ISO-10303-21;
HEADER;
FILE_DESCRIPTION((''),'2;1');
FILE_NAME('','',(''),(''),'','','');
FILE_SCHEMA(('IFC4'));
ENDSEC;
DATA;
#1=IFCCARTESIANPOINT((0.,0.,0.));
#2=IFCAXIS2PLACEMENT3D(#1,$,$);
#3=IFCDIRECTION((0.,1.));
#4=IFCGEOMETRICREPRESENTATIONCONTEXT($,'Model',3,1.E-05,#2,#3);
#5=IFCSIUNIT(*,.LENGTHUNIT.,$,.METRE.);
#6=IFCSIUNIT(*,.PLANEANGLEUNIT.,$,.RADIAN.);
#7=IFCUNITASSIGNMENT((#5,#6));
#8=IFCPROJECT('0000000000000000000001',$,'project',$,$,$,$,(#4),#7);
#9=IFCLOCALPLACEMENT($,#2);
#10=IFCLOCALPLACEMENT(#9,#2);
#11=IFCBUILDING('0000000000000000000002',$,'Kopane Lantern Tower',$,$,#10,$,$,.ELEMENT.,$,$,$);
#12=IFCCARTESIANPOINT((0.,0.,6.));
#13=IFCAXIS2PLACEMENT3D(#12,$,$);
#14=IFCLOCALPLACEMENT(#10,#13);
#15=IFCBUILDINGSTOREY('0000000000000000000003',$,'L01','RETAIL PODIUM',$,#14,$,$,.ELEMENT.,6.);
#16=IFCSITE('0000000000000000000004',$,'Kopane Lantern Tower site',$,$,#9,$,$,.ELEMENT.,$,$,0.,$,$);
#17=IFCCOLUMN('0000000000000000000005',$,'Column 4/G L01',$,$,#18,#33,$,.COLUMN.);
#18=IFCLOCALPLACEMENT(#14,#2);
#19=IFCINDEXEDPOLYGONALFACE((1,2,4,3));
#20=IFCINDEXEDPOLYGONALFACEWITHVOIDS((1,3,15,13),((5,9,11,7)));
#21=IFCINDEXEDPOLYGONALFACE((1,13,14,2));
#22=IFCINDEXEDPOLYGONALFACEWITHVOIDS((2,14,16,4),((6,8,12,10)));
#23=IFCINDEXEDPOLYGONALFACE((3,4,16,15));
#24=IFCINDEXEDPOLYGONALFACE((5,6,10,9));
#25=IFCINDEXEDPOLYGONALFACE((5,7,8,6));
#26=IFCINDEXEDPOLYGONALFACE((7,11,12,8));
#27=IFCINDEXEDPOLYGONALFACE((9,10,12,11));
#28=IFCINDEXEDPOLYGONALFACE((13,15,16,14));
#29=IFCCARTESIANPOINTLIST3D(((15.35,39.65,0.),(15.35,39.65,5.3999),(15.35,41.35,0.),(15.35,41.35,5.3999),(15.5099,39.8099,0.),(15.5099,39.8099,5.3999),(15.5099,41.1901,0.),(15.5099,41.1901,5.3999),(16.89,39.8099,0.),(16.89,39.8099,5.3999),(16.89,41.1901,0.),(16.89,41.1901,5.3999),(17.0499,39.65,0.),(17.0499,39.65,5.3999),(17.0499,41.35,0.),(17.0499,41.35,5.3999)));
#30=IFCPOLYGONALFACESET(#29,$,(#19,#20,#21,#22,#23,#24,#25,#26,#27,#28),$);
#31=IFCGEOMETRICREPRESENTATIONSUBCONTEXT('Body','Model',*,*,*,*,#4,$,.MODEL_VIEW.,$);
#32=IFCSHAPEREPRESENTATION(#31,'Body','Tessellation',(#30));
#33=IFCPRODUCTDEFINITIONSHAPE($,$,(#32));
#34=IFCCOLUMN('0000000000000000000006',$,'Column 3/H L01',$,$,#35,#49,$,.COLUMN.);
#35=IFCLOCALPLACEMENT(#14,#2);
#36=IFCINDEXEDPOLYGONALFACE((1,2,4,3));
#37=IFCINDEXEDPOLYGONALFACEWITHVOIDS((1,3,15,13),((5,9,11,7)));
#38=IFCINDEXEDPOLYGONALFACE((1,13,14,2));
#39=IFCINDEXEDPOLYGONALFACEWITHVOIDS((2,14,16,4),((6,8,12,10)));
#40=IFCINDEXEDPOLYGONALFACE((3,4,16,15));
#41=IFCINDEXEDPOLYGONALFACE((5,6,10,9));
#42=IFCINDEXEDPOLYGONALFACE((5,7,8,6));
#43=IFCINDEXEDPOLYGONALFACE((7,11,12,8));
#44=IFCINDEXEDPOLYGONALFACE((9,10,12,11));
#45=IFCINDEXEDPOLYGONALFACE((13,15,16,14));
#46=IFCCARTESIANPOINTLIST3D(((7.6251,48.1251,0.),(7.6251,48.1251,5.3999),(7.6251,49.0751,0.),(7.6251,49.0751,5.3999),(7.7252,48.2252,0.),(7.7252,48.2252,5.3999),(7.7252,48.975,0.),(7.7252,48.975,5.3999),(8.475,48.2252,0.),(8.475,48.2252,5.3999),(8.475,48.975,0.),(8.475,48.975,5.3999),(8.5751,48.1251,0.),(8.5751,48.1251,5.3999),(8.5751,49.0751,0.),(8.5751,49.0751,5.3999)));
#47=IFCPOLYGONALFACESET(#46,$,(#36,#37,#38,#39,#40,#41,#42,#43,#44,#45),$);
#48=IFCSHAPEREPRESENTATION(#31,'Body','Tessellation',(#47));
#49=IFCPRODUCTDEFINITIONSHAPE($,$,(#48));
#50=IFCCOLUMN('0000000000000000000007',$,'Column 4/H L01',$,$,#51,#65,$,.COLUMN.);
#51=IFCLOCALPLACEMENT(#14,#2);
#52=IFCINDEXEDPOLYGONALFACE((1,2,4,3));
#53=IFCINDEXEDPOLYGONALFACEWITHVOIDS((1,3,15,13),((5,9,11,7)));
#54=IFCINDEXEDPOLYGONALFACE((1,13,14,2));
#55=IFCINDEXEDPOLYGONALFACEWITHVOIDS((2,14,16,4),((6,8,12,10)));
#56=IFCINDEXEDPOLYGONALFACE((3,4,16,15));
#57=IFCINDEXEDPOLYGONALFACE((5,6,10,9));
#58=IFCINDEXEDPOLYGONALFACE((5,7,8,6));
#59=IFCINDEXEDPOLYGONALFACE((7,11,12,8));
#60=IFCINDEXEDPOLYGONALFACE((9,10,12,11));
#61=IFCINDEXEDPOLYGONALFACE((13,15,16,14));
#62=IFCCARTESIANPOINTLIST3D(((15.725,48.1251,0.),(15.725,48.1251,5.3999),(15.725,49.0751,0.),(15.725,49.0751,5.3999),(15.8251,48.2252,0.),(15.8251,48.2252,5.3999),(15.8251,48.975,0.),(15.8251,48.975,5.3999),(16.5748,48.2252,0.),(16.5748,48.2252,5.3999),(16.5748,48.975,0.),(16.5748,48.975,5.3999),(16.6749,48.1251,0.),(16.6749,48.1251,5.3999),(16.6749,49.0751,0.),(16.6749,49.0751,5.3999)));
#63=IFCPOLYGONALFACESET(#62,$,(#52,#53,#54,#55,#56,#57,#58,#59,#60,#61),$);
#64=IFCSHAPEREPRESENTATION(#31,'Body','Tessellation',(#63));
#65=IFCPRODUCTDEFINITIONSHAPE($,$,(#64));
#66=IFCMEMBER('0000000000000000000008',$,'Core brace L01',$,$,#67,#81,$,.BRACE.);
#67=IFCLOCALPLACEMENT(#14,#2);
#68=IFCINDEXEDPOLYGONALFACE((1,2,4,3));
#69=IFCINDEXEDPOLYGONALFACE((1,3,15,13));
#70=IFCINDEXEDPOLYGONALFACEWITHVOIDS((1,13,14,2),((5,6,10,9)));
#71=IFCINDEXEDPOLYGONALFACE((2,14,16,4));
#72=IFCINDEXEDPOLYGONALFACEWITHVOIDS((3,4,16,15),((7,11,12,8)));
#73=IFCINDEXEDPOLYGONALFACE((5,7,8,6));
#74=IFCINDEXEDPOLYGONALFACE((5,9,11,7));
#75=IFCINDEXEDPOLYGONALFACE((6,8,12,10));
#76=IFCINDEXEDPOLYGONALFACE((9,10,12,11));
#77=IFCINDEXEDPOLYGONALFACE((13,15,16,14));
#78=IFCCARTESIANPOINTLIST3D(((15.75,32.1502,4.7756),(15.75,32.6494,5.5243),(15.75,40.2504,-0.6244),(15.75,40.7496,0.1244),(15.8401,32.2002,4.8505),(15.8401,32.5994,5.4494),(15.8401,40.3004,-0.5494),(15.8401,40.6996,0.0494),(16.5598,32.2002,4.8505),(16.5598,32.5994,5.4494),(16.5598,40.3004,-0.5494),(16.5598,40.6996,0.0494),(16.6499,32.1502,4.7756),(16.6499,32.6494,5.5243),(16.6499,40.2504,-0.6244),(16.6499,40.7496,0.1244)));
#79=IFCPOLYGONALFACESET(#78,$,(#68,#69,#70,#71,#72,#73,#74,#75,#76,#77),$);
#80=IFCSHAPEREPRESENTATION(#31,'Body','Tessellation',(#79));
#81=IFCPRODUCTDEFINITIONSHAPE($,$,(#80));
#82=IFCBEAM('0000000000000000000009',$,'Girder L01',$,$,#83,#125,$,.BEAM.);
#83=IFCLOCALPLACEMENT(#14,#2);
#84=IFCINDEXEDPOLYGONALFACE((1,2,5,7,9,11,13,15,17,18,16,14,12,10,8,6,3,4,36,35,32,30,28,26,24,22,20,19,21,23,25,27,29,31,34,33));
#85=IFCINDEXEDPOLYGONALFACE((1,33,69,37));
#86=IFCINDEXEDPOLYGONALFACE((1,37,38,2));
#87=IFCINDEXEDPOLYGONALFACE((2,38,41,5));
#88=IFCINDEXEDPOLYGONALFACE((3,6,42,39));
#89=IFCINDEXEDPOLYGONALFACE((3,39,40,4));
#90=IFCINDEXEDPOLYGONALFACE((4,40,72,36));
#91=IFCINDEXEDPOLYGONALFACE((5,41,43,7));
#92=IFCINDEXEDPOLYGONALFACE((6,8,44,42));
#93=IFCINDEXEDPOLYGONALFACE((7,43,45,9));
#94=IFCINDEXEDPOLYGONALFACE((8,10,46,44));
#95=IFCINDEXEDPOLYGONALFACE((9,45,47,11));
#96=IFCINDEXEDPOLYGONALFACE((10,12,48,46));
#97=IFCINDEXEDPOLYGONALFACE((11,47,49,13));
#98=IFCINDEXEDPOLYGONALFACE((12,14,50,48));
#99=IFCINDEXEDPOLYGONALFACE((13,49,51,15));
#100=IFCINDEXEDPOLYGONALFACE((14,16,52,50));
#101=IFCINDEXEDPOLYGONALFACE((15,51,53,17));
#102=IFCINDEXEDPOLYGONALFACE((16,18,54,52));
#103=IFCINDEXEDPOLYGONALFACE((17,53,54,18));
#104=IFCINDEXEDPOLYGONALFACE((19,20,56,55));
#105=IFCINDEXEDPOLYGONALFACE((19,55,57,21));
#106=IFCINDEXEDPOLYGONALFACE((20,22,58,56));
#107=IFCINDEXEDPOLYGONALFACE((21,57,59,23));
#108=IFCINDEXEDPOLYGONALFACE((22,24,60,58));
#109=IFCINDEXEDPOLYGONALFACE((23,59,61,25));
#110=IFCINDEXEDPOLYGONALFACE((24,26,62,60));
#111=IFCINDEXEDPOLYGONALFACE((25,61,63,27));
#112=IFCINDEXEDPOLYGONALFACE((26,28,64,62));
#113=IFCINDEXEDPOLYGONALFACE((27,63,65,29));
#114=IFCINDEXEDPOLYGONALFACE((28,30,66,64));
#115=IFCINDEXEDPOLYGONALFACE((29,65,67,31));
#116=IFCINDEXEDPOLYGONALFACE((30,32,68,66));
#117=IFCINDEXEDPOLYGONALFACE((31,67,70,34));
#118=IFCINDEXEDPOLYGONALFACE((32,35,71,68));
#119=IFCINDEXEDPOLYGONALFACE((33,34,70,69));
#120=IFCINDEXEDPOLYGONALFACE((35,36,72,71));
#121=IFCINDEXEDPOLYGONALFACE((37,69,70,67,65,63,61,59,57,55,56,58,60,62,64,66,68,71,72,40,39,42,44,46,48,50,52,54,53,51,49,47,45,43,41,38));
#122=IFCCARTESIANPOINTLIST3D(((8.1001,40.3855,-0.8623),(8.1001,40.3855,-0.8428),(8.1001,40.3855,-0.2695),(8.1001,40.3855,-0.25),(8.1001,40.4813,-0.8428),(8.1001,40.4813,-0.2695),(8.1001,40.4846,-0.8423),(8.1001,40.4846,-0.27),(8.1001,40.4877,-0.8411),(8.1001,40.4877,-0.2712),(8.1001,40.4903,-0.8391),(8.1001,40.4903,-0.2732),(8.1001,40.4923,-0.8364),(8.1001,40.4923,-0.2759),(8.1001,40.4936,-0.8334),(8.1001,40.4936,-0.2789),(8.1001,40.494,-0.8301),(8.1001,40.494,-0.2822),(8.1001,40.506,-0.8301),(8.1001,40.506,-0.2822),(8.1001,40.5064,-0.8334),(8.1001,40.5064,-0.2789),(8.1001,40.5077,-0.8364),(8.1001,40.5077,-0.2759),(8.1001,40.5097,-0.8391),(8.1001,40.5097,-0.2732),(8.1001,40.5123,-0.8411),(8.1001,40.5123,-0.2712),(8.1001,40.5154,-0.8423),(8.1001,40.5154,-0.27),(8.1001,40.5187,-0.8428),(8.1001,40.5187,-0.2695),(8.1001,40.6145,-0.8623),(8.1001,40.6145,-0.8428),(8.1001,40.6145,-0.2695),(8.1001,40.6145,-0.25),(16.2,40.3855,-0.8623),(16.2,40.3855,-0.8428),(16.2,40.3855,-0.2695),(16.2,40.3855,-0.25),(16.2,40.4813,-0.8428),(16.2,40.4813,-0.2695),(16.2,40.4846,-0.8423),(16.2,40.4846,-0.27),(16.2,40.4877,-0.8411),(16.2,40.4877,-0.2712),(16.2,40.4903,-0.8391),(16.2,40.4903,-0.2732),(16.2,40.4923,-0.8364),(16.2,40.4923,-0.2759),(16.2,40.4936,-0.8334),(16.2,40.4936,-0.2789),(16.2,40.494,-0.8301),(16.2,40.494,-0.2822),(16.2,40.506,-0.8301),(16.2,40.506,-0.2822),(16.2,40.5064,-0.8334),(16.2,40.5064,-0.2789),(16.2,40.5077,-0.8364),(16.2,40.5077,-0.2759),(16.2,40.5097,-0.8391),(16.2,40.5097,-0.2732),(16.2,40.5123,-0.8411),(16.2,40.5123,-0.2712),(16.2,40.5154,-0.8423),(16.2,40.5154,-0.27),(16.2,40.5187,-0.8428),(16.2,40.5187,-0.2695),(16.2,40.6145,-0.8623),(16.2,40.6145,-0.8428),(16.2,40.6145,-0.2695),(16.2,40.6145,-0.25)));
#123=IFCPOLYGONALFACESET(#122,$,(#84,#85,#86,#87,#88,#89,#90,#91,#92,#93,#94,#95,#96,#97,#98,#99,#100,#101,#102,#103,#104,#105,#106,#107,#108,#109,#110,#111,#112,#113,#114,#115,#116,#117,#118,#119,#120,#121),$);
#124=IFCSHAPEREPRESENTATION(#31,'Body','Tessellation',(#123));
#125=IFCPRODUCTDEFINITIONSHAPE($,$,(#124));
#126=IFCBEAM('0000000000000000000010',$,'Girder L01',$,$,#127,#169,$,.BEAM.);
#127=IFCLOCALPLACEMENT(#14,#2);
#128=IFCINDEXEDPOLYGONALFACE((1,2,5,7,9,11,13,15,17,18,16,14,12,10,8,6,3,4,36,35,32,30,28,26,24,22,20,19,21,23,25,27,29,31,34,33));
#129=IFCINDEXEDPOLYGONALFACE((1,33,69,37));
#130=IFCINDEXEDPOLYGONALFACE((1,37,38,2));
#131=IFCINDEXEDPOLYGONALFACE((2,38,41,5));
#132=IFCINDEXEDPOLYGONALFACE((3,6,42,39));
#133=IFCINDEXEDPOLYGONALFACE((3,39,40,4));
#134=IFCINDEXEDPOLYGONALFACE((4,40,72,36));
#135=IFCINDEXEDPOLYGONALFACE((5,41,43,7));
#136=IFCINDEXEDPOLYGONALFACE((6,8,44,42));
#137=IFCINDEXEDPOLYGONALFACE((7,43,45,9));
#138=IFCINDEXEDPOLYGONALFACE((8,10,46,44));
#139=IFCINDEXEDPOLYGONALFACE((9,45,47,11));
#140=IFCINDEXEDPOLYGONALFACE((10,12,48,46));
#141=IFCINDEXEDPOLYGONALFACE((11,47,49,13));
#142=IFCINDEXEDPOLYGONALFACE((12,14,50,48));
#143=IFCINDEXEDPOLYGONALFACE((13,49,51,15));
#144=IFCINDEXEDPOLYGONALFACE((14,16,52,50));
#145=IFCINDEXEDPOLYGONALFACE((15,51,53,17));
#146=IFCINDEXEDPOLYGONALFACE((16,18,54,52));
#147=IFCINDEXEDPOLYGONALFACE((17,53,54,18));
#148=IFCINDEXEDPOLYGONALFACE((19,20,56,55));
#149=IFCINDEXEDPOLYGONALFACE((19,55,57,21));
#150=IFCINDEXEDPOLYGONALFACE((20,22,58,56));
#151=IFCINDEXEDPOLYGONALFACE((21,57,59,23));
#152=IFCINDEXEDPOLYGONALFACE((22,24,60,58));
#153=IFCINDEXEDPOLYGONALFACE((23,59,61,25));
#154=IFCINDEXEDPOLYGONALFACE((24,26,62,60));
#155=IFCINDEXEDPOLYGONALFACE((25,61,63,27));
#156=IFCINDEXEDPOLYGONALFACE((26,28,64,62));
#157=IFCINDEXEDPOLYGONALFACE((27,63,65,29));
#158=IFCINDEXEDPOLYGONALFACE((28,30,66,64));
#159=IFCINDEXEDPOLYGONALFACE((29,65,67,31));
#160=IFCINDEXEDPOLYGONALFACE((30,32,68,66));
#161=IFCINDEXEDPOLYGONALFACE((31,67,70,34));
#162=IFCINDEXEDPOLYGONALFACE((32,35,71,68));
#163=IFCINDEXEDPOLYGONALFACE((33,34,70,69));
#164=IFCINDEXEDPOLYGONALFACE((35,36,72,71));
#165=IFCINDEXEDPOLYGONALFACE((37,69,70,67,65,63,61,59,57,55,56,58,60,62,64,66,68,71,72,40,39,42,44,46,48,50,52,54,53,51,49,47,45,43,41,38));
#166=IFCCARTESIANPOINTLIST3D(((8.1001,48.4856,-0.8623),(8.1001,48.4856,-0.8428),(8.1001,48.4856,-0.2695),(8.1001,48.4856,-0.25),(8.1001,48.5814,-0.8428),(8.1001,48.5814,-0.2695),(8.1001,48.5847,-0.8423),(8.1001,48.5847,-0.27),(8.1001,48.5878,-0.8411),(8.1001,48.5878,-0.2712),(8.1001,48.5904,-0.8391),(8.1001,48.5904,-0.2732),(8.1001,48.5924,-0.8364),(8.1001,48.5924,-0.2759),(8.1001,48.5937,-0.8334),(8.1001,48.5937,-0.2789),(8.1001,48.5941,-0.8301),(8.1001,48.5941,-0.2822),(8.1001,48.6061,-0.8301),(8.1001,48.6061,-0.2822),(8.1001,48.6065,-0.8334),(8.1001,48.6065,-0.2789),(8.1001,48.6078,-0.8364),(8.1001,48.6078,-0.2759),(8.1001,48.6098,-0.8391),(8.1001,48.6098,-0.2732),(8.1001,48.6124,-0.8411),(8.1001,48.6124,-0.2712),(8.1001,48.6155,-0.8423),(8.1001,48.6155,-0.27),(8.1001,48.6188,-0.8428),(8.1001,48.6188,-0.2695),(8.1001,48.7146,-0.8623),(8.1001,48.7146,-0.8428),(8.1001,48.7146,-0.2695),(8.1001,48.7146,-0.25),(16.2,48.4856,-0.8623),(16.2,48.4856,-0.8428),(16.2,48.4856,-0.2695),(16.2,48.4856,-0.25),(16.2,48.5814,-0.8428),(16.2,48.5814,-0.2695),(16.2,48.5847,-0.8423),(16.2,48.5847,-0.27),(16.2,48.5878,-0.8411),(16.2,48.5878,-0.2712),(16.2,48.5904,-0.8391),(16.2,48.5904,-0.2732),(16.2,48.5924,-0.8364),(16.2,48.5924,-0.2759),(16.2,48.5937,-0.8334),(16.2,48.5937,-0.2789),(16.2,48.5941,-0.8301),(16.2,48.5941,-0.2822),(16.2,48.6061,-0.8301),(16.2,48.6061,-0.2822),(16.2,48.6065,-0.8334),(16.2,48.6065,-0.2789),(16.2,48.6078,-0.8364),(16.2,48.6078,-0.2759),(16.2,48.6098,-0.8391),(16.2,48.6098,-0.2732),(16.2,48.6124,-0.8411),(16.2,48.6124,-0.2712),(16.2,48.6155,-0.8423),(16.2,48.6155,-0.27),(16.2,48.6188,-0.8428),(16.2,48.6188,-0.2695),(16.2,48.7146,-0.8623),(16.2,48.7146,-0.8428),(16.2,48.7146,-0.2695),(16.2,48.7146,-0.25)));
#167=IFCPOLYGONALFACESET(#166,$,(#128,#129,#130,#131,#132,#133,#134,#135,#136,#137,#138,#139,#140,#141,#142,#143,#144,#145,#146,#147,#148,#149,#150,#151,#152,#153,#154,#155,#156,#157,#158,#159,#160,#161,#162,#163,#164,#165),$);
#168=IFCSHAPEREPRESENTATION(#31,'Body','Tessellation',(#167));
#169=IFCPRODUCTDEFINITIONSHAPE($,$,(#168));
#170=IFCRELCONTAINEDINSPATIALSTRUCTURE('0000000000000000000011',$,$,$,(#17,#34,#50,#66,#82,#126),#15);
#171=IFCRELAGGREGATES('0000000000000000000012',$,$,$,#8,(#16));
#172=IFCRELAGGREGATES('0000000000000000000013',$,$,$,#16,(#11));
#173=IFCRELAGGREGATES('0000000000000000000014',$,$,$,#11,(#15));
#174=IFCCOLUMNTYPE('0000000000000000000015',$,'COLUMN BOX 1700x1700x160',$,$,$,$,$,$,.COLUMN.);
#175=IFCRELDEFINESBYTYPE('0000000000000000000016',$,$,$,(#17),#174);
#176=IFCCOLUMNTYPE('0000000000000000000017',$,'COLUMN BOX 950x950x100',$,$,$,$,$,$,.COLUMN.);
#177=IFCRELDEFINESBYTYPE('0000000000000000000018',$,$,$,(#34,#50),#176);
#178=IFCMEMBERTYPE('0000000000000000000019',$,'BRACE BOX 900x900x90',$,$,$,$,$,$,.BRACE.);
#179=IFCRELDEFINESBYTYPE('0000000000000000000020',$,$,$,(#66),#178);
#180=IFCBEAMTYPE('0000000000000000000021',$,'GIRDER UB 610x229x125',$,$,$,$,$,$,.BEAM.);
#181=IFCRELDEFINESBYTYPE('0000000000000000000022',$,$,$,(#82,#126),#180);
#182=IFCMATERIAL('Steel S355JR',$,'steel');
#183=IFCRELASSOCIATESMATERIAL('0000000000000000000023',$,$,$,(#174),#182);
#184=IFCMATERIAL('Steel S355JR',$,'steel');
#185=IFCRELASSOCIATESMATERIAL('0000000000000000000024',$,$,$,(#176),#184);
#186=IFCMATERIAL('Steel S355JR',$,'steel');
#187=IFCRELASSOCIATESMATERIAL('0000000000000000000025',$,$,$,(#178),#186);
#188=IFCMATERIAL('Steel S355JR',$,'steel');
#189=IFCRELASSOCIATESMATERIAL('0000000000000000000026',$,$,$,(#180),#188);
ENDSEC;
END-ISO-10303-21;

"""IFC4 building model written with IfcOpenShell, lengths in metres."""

from ifc_helpers import new_model, si_unit, direction, frame, origin, origin_2d, place, context, subcontext, project, spatial, hollow_rectangle, i_section, extrude, material, material_profile, profile_set, type_object, element, save


model = new_model("IFC4")

# Units and contexts
model_context = context("Model", 3, precision=1e-05, world=origin(), true_north=direction((0.0, 1.0)))
body_context = subcontext(model_context, "Body", "Model", "MODEL_VIEW")
ifc_project = project(units=[si_unit("LENGTHUNIT", "METRE"), si_unit("PLANEANGLEUNIT", "RADIAN")], contexts=[model_context])

# Site, building, storey
site_placement = place(None, origin())
site = spatial("IfcSite", under=ifc_project, at=site_placement, Name="Kopane Lantern Tower site", CompositionType="ELEMENT", RefElevation=0.0)
building_placement = place(site_placement, origin())
building = spatial("IfcBuilding", under=site, at=building_placement, Name="Kopane Lantern Tower", CompositionType="ELEMENT")
storey_placement = place(building_placement, frame((0.0, 0.0, 6.0)))
storey = spatial("IfcBuildingStorey", under=building, at=storey_placement, Name="L01", Description="RETAIL PODIUM", CompositionType="ELEMENT", Elevation=6.0)

# Columns
ifc_material_1 = material(Name="Steel S355JR", Category="steel")
ifc_material_profile_1 = material_profile(ifc_material_1, hollow_rectangle(XDim=1.7, YDim=1.7, WallThickness=0.1599, at=origin_2d()), Name="BOX 1700x1700x160")
ifc_profile_set_1 = profile_set([ifc_material_profile_1], Name="Steel S355JR")
column_type_1 = type_object("IfcColumnType", Name="COLUMN BOX 1700x1700x160", PredefinedType="COLUMN", material=ifc_profile_set_1)
column_placement = place(storey_placement, frame((16.2, 40.5, 0.0), z_axis=(0.0, 0.0, 1.0), x_axis=(1.0, 0.0, 0.0)))
element("IfcColumn", 1, at=column_placement, inside=storey, type_object=column_type_1, Name="Column 4/G L01", PredefinedType="COLUMN", context=body_context, shape_type="SweptSolid", body=[
    extrude(hollow_rectangle(XDim=1.7, YDim=1.7, WallThickness=0.1599, at=origin_2d()), origin(), (0.0, 0.0, 1.0), 5.3999),
])
ifc_material_2 = material(Name="Steel S355JR", Category="steel")
ifc_material_profile_2 = material_profile(ifc_material_2, hollow_rectangle(XDim=0.95, YDim=0.95, WallThickness=0.1001, at=origin_2d()), Name="BOX 950x950x100")
ifc_profile_set_2 = profile_set([ifc_material_profile_2], Name="Steel S355JR")
column_type_2 = type_object("IfcColumnType", Name="COLUMN BOX 950x950x100", PredefinedType="COLUMN", material=ifc_profile_set_2)
for number, where, z_axis, x_axis, name in (
    (2, (8.1001, 48.6001, 0.0), (0.0, 0.0, 1.0), (1.0, 0.0, 0.0), "Column 3/H L01"),
    (3, (16.2, 48.6001, 0.0), (0.0, 0.0, 1.0), (1.0, 0.0, 0.0), "Column 4/H L01"),
):
    element("IfcColumn", number, at=place(storey_placement, frame(where, z_axis=z_axis, x_axis=x_axis)), inside=storey, type_object=column_type_2, Name=name, PredefinedType="COLUMN", context=body_context, shape_type="SweptSolid", body=[
        extrude(hollow_rectangle(XDim=0.95, YDim=0.95, WallThickness=0.1001, at=origin_2d()), origin(), (0.0, 0.0, 1.0), 5.3999),
    ])

# Member
ifc_material_3 = material(Name="Steel S355JR", Category="steel")
ifc_material_profile_3 = material_profile(ifc_material_3, hollow_rectangle(XDim=0.8999, YDim=0.8999, WallThickness=0.0901, at=origin_2d()), Name="BOX 900x900x90")
ifc_profile_set_3 = profile_set([ifc_material_profile_3], Name="Steel S355JR")
member_type = type_object("IfcMemberType", Name="BRACE BOX 900x900x90", PredefinedType="BRACE", material=ifc_profile_set_3)
member_placement = place(storey_placement, frame((16.2, 40.5, -0.25), z_axis=(0.0, -0.832058, 0.554689), x_axis=(1.0, 0.0, 0.0)))
element("IfcMember", 4, at=member_placement, inside=storey, type_object=member_type, Name="Core brace L01", PredefinedType="BRACE", context=body_context, shape_type="SweptSolid", body=[
    extrude(hollow_rectangle(XDim=0.8999, YDim=0.8999, WallThickness=0.0901, at=origin_2d()), origin(), (0.0, 0.0, 1.0), 9.7351),
])

# Beams
ifc_material_4 = material(Name="Steel S355JR", Category="steel")
ifc_material_profile_4 = material_profile(ifc_material_4, i_section(OverallWidth=0.229, OverallDepth=0.6123, WebThickness=0.012, FlangeThickness=0.0195, FilletRadius=0.0127, at=origin_2d()), Name="UB 610x229x125")
ifc_profile_set_4 = profile_set([ifc_material_profile_4], Name="Steel S355JR")
beam_type = type_object("IfcBeamType", Name="GIRDER UB 610x229x125", PredefinedType="BEAM", material=ifc_profile_set_4)
for number, where, z_axis, x_axis, name in (
    (5, (8.1001, 40.5, -0.5562), (1.0, 0.0, 0.0), (0.0, 1.0, 0.0), "Girder L01"),
    (6, (8.1001, 48.6001, -0.5562), (1.0, 0.0, 0.0), (0.0, 1.0, 0.0), "Girder L01"),
):
    element("IfcBeam", number, at=place(storey_placement, frame(where, z_axis=z_axis, x_axis=x_axis)), inside=storey, type_object=beam_type, Name=name, PredefinedType="BEAM", context=body_context, shape_type="SweptSolid", body=[
        extrude(i_section(OverallWidth=0.229, OverallDepth=0.6123, WebThickness=0.012, FlangeThickness=0.0195, FilletRadius=0.0127, at=origin_2d()), origin(), (0.0, 0.0, 1.0), 8.0999),
    ])

save(model, "model.ifc")
